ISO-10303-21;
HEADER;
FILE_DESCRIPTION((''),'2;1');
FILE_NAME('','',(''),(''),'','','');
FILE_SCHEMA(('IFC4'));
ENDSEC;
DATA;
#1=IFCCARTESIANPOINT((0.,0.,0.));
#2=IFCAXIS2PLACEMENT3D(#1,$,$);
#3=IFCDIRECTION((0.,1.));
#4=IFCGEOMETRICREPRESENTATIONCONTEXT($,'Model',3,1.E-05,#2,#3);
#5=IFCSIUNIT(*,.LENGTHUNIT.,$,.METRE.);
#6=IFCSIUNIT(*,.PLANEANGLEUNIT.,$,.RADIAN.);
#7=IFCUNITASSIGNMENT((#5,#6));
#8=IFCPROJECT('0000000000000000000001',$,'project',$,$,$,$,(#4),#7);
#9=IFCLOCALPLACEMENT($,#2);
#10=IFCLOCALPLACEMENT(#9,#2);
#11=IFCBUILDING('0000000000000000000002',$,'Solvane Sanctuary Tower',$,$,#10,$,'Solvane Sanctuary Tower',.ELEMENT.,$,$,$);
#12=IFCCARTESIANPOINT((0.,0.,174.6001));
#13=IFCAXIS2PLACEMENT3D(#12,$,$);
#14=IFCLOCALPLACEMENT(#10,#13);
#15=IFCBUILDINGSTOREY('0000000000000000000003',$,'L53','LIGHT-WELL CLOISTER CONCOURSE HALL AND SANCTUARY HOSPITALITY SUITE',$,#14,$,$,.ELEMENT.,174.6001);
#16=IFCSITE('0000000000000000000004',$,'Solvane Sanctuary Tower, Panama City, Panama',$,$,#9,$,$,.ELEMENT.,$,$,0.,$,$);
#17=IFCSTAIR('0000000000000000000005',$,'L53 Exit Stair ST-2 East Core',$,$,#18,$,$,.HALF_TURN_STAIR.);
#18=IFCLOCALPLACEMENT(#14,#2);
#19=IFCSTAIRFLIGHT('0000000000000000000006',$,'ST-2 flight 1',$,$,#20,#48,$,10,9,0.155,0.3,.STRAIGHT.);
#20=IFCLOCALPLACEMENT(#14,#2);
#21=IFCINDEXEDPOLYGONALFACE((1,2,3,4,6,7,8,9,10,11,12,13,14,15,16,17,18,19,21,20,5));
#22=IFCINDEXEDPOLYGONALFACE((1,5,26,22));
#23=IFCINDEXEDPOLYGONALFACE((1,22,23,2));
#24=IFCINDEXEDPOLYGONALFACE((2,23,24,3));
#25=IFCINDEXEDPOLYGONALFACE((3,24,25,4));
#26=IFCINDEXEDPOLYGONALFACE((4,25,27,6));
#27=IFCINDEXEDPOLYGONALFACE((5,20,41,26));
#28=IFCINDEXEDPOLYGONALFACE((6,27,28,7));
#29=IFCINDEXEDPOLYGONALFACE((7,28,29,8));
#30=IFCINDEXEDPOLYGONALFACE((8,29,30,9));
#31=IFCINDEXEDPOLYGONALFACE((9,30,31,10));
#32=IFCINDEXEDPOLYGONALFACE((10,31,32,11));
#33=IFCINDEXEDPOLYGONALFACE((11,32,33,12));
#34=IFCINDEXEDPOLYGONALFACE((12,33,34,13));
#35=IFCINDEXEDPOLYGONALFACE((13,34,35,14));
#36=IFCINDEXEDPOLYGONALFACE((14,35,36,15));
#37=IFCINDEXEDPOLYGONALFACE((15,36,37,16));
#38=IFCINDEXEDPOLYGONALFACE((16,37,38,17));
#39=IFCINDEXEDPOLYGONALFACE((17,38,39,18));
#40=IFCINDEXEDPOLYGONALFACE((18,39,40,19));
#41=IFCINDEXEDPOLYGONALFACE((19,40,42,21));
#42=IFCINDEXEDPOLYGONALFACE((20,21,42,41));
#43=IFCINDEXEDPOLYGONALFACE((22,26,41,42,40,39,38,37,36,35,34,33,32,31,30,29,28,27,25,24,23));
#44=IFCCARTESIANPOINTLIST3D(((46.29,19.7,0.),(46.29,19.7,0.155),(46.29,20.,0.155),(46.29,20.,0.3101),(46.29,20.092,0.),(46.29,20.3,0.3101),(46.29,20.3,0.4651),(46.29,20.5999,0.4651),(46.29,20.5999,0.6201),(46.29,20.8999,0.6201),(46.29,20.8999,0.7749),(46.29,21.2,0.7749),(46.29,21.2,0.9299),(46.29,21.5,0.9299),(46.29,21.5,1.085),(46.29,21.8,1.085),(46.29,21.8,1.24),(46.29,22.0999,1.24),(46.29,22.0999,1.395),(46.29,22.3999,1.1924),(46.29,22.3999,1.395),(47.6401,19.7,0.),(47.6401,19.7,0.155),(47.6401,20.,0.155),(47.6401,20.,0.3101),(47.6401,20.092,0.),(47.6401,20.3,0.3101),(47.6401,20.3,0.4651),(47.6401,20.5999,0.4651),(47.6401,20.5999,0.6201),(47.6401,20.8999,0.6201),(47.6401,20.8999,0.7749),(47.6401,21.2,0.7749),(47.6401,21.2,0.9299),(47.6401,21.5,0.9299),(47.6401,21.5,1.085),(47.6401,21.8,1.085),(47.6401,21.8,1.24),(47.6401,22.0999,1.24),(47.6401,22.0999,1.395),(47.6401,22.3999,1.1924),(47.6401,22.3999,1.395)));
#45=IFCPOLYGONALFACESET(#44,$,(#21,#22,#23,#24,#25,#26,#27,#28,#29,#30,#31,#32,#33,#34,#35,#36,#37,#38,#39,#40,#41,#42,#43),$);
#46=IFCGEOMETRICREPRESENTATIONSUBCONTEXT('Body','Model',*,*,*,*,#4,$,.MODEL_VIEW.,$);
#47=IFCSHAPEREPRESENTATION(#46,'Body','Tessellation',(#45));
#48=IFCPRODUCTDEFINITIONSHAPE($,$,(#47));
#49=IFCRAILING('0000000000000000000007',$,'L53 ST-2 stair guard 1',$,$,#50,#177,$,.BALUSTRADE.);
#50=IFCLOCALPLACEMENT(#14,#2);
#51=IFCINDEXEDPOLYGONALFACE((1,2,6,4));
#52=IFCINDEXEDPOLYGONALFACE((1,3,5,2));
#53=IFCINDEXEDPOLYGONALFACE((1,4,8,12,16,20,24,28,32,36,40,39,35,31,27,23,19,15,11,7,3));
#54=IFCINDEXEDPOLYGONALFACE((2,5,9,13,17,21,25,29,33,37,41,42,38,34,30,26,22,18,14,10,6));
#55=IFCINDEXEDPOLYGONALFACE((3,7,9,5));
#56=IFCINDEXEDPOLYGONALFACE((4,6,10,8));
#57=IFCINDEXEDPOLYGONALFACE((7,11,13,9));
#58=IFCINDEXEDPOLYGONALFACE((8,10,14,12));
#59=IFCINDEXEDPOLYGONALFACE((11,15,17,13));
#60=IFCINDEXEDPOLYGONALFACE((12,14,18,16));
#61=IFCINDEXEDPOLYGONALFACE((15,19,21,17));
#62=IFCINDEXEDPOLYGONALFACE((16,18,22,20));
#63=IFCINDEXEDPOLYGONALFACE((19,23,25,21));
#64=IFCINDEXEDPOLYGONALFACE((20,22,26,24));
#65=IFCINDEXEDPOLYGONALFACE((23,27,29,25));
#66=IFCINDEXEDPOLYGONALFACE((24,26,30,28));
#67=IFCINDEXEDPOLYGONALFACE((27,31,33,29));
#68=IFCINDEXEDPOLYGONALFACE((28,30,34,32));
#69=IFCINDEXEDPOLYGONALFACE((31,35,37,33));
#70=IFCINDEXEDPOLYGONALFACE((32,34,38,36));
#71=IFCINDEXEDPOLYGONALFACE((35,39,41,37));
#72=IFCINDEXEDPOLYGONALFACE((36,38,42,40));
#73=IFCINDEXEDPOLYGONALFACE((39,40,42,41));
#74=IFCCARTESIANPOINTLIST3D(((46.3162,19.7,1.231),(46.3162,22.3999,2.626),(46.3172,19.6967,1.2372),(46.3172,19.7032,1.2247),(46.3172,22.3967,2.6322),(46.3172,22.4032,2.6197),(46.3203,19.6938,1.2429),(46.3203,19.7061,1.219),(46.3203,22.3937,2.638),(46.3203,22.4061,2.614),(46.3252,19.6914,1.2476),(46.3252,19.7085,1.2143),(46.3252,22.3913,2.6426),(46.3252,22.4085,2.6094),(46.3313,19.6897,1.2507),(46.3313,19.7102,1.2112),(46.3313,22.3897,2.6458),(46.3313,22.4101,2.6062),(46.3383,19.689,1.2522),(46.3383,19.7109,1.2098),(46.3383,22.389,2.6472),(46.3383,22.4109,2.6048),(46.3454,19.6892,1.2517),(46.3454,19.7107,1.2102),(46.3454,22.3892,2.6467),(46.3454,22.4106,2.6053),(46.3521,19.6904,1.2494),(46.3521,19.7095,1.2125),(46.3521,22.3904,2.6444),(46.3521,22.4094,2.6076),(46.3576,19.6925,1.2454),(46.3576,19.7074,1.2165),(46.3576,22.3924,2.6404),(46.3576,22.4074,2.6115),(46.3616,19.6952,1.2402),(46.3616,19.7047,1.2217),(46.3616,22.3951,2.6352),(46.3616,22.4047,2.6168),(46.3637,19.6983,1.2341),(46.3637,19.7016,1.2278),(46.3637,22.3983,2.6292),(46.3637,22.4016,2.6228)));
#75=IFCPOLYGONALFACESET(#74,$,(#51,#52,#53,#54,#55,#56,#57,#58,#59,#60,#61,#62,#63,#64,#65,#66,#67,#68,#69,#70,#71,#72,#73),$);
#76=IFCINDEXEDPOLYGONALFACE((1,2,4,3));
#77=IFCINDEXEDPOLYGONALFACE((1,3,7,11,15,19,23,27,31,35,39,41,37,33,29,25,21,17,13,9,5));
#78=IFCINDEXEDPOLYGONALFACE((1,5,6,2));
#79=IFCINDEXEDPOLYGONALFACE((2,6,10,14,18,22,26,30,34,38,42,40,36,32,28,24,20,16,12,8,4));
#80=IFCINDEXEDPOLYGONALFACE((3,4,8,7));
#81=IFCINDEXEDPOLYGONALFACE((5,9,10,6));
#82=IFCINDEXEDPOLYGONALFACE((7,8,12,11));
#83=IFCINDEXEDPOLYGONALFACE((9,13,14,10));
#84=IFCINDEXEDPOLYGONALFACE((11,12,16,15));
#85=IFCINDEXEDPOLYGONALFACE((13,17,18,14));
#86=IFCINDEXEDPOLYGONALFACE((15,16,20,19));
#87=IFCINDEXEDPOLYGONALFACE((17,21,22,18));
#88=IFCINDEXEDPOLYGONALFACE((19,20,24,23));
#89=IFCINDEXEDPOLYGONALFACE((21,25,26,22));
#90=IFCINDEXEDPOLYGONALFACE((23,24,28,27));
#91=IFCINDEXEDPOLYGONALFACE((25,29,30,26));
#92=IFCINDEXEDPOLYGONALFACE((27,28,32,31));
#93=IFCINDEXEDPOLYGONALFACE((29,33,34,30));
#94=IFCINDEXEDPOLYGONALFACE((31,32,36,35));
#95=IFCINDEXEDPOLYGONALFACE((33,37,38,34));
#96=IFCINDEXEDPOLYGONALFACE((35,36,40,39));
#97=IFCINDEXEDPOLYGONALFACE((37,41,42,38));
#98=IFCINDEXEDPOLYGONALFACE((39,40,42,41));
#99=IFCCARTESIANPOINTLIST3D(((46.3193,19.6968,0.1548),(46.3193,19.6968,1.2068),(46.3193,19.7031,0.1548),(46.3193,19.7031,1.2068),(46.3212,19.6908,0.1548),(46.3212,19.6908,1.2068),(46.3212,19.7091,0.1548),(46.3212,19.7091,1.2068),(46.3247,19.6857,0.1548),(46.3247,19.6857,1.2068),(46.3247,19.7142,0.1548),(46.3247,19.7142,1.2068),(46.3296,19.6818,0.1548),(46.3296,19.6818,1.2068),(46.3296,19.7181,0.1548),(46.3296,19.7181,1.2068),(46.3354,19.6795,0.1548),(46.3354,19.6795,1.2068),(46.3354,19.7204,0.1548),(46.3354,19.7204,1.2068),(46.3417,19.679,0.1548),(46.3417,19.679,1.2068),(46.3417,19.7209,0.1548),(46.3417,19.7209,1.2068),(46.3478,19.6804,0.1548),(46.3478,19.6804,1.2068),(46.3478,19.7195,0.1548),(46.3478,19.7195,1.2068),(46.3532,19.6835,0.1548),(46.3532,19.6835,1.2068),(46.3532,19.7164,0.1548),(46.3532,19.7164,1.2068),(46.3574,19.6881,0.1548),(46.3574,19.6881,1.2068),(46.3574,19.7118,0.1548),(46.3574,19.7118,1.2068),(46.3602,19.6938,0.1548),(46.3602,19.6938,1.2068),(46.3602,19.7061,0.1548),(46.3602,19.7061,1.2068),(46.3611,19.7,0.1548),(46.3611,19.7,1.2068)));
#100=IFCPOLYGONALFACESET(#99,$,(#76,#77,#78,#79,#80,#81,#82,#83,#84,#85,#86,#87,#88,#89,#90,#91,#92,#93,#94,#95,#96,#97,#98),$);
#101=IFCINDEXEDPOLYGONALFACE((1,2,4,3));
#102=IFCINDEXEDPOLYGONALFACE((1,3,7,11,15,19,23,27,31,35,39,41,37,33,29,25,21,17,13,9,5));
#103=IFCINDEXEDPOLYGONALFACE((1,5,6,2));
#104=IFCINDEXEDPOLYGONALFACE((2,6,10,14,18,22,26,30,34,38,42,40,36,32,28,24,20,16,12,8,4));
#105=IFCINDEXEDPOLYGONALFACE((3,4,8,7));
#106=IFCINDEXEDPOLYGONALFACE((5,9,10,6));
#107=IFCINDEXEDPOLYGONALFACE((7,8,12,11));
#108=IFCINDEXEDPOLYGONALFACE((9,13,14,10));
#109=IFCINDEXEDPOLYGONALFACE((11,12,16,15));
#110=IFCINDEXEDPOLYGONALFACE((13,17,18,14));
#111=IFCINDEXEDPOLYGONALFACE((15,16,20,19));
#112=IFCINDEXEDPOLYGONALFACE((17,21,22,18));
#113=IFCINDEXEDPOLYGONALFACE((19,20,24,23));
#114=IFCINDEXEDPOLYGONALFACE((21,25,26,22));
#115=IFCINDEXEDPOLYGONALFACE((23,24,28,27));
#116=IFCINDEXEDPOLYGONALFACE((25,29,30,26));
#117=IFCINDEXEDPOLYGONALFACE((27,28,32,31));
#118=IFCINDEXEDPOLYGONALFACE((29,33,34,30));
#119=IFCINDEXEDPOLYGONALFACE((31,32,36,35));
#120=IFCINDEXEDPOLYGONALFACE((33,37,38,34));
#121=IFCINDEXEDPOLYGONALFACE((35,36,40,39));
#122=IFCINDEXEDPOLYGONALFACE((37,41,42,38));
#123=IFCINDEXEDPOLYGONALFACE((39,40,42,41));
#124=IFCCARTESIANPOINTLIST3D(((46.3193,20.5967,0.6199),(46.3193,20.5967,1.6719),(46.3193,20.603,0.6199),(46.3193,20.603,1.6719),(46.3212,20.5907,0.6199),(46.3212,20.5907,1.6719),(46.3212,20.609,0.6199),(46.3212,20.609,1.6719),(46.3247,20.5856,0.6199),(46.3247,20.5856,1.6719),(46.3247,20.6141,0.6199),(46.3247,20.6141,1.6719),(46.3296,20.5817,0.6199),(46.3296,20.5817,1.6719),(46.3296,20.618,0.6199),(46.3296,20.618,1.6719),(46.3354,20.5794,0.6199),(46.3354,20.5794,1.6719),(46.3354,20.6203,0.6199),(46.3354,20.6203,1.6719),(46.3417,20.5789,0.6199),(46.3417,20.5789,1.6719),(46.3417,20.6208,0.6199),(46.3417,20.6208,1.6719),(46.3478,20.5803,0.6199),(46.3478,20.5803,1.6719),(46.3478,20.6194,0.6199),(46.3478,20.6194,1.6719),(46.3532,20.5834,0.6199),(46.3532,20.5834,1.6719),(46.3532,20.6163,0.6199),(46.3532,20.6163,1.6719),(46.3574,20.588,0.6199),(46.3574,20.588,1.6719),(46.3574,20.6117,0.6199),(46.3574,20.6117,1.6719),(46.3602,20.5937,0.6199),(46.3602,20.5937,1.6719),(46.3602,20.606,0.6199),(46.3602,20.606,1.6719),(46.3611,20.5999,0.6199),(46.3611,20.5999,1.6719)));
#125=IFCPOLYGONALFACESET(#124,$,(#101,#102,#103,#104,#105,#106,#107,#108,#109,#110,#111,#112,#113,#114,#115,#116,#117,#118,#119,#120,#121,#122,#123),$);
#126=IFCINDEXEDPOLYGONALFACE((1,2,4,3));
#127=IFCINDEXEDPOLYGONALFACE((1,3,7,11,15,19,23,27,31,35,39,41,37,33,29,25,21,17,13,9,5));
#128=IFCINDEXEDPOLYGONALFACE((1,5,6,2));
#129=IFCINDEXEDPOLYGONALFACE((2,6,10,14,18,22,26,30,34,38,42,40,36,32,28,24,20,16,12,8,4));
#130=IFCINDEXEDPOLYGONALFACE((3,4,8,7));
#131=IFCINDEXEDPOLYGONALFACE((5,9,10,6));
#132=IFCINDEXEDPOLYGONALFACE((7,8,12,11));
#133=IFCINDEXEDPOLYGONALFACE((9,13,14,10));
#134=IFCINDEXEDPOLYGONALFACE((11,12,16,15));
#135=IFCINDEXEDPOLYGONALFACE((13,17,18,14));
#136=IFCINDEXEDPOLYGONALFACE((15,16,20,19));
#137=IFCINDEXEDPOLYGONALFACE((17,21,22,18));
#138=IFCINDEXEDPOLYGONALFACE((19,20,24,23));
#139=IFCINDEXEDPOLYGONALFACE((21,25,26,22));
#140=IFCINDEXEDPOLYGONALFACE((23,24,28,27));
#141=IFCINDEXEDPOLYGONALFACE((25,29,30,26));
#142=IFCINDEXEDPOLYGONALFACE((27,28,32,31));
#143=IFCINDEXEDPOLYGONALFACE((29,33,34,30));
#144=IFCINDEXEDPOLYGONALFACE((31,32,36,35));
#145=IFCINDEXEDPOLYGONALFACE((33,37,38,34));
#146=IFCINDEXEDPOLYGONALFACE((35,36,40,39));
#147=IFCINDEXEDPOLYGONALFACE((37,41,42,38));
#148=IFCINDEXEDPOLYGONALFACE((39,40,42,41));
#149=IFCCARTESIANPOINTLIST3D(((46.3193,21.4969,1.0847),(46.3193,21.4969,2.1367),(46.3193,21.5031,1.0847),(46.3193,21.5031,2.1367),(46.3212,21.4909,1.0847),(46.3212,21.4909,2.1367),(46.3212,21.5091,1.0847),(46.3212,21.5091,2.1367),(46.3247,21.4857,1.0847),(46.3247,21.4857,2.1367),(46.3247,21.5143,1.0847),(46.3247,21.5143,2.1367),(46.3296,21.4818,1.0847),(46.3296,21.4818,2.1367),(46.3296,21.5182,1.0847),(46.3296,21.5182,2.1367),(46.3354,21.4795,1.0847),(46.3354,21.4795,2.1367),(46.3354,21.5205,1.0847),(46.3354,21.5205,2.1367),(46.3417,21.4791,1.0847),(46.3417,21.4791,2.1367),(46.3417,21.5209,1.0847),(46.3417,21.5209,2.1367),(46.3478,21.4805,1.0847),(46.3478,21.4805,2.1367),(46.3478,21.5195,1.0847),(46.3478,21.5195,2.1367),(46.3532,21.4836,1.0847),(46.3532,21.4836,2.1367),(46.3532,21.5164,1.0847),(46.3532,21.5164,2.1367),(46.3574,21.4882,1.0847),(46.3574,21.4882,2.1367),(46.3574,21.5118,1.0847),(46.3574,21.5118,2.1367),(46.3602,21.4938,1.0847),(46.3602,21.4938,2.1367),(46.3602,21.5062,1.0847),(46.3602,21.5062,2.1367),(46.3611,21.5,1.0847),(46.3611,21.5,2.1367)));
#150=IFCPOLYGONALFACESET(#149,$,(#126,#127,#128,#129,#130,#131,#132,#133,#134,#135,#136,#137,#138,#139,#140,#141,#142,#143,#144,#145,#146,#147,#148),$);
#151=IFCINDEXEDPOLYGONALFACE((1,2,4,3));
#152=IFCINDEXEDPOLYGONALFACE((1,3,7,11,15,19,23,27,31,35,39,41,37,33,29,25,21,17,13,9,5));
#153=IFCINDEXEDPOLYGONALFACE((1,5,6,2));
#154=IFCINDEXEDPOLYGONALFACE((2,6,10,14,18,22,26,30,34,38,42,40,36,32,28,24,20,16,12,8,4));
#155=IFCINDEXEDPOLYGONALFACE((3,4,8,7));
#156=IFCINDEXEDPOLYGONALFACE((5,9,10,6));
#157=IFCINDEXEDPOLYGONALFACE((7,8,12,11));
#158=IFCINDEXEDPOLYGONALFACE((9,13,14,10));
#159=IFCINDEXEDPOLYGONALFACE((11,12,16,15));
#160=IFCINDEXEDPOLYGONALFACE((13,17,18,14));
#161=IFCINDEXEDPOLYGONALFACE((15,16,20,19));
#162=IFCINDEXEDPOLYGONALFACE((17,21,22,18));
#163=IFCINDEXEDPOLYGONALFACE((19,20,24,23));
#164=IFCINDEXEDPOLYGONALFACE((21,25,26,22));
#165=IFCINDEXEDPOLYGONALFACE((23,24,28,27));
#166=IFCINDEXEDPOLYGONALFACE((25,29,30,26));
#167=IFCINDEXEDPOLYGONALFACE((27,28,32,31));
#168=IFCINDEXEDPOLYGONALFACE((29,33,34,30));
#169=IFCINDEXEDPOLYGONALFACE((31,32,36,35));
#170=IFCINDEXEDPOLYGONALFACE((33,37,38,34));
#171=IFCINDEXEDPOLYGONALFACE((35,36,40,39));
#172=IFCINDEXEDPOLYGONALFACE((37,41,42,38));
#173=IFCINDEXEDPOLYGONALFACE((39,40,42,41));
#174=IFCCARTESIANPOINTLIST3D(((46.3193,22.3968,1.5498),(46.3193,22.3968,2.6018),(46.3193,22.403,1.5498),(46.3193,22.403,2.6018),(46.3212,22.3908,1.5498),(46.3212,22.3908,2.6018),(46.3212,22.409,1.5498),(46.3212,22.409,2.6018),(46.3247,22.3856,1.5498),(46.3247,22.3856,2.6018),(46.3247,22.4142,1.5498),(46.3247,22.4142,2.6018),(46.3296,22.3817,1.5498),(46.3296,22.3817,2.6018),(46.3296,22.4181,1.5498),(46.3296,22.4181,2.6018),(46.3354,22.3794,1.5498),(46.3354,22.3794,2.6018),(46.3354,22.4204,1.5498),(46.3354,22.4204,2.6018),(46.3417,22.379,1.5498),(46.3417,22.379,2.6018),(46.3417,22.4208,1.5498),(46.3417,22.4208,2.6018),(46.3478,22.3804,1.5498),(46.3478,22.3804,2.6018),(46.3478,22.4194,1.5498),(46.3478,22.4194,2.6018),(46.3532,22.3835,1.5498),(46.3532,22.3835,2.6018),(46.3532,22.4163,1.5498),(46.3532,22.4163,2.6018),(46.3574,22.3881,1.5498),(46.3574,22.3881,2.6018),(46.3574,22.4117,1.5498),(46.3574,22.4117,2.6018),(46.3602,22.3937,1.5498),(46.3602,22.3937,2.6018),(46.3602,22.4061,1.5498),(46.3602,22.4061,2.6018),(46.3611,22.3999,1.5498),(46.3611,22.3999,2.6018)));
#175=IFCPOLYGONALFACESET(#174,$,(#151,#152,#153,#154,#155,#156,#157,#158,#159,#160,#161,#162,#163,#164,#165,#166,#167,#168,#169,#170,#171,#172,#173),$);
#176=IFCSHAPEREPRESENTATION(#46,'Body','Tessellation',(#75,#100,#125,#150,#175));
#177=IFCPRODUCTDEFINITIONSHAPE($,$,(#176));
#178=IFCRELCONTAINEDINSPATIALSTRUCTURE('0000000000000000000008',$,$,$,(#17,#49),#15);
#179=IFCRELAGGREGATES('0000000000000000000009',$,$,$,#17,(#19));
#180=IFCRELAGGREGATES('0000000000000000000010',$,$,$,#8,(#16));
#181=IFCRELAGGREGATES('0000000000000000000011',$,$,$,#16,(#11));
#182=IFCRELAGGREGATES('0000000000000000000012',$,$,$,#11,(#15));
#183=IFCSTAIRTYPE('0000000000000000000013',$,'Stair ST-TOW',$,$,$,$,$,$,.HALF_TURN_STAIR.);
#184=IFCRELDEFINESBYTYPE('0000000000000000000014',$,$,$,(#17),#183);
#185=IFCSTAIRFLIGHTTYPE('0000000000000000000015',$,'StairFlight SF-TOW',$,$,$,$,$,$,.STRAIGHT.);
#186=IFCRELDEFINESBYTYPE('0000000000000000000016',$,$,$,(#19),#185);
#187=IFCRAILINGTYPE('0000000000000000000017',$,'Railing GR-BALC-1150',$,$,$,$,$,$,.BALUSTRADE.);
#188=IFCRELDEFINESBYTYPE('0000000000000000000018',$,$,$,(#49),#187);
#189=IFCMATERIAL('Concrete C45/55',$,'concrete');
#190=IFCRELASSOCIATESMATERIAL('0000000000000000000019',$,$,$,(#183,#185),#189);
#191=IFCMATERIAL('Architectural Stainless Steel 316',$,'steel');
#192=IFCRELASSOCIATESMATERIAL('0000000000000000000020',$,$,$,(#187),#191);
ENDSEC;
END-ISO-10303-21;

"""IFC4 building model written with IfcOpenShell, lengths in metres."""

from ifc_helpers import new_model, si_unit, direction, frame, origin, origin_2d, place, context, subcontext, project, spatial, polyline, circle, outline, extrude, material, type_object, element, aggregate, save


model = new_model("IFC4")

# Units and contexts
model_context = context("Model", 3, precision=1e-05, world=origin(), true_north=direction((0.0, 1.0)))
body_context = subcontext(model_context, "Body", "Model", "MODEL_VIEW")
ifc_project = project(units=[si_unit("LENGTHUNIT", "METRE"), si_unit("PLANEANGLEUNIT", "RADIAN")], contexts=[model_context])

# Site, building, storey
site_placement = place(None, origin())
site = spatial("IfcSite", under=ifc_project, at=site_placement, Name="Solvane Sanctuary Tower, Panama City, Panama", CompositionType="ELEMENT", RefElevation=0.0)
building_placement = place(site_placement, origin())
building = spatial("IfcBuilding", under=site, at=building_placement, Name="Solvane Sanctuary Tower", LongName="Solvane Sanctuary Tower", CompositionType="ELEMENT")
storey_placement = place(building_placement, frame((0.0, 0.0, 174.6001)))
storey = spatial("IfcBuildingStorey", under=building, at=storey_placement, Name="L53", Description="LIGHT-WELL CLOISTER CONCOURSE HALL AND SANCTUARY HOSPITALITY SUITE", CompositionType="ELEMENT", Elevation=174.6001)

# Shared definitions
ifc_material_1 = material(Name="Architectural Stainless Steel 316", Category="steel")

# Stair, stair flight
ifc_material_2 = material(Name="Concrete C45/55", Category="concrete")
stair_type = type_object("IfcStairType", Name="Stair ST-TOW", PredefinedType="HALF_TURN_STAIR", material=ifc_material_2)
stair_placement = place(storey_placement, origin())
stair = element("IfcStair", 1, at=stair_placement, inside=storey, type_object=stair_type, Name="L53 Exit Stair ST-2 East Core", PredefinedType="HALF_TURN_STAIR")
stair_flight_type = type_object("IfcStairFlightType", Name="StairFlight SF-TOW", PredefinedType="STRAIGHT", material=ifc_material_2)
stair_flight_placement = place(storey_placement, frame((46.9651, 19.7, 0.0), z_axis=(0.0, 0.0, 1.0), x_axis=(0.0, 1.0, 0.0)))
stair_flight = element("IfcStairFlight", 2, at=stair_flight_placement, type_object=stair_flight_type, Name="ST-2 flight 1", NumberOfRisers=10, NumberOfTreads=9, PredefinedType="STRAIGHT", RiserHeight=0.155, TreadLength=0.3, context=body_context, shape_type="SweptSolid", body=[
    extrude(outline(polyline([(0.0, 0.0), (0.0, 0.155), (0.3, 0.155), (0.3, 0.3101), (0.6001, 0.3101), (0.6001, 0.4651), (0.8999, 0.4651), (0.8999, 0.6201), (1.2, 0.6201), (1.2, 0.7749), (1.5, 0.7749), (1.5, 0.9299), (1.8, 0.9299), (1.8, 1.085), (2.1001, 1.085), (2.1001, 1.24), (2.3999, 1.24), (2.3999, 1.395), (2.7, 1.395), (2.7, 1.55), (2.7, 1.1924), (0.3921, 0.0), (0.0, 0.0)])), frame((0.0, 0.675, 0.0), z_axis=(0.0, -1.0, 0.0), x_axis=(1.0, 0.0, 0.0)), (0.0, 0.0, 1.0), 1.3501),
])
aggregate(stair, [stair_flight])

# Railing
railing_type_1 = type_object("IfcRailingType", Name="Railing GR-BALC-1150", PredefinedType="BALUSTRADE", material=ifc_material_1)
railing_1_placement = place(storey_placement, frame((46.3401, 19.7, 0.1548)))
element("IfcRailing", 3, at=railing_1_placement, inside=storey, type_object=railing_type_1, Name="L53 ST-2 stair guard 1", PredefinedType="BALUSTRADE", context=body_context, shape_type="SweptSolid", body=[
    extrude(circle(Radius=0.0239, at=origin_2d()), frame((0.0, 0.0, 1.0762), z_axis=(0.0, 0.88842, 0.459032), x_axis=(-1.0, 0.0, 0.0)), (0.0, 0.0, 1.0), 3.0391),
    extrude(circle(Radius=0.021, at=origin_2d()), origin(), (0.0, 0.0, 1.0), 1.052),
    extrude(circle(Radius=0.021, at=origin_2d()), frame((0.0, 0.8999, 0.4651)), (0.0, 0.0, 1.0), 1.052),
    extrude(circle(Radius=0.021, at=origin_2d()), frame((0.0, 1.8, 0.9299)), (0.0, 0.0, 1.0), 1.052),
    extrude(circle(Radius=0.021, at=origin_2d()), frame((0.0, 2.7, 1.395)), (0.0, 0.0, 1.0), 1.052),
])

save(model, "model.ifc")
